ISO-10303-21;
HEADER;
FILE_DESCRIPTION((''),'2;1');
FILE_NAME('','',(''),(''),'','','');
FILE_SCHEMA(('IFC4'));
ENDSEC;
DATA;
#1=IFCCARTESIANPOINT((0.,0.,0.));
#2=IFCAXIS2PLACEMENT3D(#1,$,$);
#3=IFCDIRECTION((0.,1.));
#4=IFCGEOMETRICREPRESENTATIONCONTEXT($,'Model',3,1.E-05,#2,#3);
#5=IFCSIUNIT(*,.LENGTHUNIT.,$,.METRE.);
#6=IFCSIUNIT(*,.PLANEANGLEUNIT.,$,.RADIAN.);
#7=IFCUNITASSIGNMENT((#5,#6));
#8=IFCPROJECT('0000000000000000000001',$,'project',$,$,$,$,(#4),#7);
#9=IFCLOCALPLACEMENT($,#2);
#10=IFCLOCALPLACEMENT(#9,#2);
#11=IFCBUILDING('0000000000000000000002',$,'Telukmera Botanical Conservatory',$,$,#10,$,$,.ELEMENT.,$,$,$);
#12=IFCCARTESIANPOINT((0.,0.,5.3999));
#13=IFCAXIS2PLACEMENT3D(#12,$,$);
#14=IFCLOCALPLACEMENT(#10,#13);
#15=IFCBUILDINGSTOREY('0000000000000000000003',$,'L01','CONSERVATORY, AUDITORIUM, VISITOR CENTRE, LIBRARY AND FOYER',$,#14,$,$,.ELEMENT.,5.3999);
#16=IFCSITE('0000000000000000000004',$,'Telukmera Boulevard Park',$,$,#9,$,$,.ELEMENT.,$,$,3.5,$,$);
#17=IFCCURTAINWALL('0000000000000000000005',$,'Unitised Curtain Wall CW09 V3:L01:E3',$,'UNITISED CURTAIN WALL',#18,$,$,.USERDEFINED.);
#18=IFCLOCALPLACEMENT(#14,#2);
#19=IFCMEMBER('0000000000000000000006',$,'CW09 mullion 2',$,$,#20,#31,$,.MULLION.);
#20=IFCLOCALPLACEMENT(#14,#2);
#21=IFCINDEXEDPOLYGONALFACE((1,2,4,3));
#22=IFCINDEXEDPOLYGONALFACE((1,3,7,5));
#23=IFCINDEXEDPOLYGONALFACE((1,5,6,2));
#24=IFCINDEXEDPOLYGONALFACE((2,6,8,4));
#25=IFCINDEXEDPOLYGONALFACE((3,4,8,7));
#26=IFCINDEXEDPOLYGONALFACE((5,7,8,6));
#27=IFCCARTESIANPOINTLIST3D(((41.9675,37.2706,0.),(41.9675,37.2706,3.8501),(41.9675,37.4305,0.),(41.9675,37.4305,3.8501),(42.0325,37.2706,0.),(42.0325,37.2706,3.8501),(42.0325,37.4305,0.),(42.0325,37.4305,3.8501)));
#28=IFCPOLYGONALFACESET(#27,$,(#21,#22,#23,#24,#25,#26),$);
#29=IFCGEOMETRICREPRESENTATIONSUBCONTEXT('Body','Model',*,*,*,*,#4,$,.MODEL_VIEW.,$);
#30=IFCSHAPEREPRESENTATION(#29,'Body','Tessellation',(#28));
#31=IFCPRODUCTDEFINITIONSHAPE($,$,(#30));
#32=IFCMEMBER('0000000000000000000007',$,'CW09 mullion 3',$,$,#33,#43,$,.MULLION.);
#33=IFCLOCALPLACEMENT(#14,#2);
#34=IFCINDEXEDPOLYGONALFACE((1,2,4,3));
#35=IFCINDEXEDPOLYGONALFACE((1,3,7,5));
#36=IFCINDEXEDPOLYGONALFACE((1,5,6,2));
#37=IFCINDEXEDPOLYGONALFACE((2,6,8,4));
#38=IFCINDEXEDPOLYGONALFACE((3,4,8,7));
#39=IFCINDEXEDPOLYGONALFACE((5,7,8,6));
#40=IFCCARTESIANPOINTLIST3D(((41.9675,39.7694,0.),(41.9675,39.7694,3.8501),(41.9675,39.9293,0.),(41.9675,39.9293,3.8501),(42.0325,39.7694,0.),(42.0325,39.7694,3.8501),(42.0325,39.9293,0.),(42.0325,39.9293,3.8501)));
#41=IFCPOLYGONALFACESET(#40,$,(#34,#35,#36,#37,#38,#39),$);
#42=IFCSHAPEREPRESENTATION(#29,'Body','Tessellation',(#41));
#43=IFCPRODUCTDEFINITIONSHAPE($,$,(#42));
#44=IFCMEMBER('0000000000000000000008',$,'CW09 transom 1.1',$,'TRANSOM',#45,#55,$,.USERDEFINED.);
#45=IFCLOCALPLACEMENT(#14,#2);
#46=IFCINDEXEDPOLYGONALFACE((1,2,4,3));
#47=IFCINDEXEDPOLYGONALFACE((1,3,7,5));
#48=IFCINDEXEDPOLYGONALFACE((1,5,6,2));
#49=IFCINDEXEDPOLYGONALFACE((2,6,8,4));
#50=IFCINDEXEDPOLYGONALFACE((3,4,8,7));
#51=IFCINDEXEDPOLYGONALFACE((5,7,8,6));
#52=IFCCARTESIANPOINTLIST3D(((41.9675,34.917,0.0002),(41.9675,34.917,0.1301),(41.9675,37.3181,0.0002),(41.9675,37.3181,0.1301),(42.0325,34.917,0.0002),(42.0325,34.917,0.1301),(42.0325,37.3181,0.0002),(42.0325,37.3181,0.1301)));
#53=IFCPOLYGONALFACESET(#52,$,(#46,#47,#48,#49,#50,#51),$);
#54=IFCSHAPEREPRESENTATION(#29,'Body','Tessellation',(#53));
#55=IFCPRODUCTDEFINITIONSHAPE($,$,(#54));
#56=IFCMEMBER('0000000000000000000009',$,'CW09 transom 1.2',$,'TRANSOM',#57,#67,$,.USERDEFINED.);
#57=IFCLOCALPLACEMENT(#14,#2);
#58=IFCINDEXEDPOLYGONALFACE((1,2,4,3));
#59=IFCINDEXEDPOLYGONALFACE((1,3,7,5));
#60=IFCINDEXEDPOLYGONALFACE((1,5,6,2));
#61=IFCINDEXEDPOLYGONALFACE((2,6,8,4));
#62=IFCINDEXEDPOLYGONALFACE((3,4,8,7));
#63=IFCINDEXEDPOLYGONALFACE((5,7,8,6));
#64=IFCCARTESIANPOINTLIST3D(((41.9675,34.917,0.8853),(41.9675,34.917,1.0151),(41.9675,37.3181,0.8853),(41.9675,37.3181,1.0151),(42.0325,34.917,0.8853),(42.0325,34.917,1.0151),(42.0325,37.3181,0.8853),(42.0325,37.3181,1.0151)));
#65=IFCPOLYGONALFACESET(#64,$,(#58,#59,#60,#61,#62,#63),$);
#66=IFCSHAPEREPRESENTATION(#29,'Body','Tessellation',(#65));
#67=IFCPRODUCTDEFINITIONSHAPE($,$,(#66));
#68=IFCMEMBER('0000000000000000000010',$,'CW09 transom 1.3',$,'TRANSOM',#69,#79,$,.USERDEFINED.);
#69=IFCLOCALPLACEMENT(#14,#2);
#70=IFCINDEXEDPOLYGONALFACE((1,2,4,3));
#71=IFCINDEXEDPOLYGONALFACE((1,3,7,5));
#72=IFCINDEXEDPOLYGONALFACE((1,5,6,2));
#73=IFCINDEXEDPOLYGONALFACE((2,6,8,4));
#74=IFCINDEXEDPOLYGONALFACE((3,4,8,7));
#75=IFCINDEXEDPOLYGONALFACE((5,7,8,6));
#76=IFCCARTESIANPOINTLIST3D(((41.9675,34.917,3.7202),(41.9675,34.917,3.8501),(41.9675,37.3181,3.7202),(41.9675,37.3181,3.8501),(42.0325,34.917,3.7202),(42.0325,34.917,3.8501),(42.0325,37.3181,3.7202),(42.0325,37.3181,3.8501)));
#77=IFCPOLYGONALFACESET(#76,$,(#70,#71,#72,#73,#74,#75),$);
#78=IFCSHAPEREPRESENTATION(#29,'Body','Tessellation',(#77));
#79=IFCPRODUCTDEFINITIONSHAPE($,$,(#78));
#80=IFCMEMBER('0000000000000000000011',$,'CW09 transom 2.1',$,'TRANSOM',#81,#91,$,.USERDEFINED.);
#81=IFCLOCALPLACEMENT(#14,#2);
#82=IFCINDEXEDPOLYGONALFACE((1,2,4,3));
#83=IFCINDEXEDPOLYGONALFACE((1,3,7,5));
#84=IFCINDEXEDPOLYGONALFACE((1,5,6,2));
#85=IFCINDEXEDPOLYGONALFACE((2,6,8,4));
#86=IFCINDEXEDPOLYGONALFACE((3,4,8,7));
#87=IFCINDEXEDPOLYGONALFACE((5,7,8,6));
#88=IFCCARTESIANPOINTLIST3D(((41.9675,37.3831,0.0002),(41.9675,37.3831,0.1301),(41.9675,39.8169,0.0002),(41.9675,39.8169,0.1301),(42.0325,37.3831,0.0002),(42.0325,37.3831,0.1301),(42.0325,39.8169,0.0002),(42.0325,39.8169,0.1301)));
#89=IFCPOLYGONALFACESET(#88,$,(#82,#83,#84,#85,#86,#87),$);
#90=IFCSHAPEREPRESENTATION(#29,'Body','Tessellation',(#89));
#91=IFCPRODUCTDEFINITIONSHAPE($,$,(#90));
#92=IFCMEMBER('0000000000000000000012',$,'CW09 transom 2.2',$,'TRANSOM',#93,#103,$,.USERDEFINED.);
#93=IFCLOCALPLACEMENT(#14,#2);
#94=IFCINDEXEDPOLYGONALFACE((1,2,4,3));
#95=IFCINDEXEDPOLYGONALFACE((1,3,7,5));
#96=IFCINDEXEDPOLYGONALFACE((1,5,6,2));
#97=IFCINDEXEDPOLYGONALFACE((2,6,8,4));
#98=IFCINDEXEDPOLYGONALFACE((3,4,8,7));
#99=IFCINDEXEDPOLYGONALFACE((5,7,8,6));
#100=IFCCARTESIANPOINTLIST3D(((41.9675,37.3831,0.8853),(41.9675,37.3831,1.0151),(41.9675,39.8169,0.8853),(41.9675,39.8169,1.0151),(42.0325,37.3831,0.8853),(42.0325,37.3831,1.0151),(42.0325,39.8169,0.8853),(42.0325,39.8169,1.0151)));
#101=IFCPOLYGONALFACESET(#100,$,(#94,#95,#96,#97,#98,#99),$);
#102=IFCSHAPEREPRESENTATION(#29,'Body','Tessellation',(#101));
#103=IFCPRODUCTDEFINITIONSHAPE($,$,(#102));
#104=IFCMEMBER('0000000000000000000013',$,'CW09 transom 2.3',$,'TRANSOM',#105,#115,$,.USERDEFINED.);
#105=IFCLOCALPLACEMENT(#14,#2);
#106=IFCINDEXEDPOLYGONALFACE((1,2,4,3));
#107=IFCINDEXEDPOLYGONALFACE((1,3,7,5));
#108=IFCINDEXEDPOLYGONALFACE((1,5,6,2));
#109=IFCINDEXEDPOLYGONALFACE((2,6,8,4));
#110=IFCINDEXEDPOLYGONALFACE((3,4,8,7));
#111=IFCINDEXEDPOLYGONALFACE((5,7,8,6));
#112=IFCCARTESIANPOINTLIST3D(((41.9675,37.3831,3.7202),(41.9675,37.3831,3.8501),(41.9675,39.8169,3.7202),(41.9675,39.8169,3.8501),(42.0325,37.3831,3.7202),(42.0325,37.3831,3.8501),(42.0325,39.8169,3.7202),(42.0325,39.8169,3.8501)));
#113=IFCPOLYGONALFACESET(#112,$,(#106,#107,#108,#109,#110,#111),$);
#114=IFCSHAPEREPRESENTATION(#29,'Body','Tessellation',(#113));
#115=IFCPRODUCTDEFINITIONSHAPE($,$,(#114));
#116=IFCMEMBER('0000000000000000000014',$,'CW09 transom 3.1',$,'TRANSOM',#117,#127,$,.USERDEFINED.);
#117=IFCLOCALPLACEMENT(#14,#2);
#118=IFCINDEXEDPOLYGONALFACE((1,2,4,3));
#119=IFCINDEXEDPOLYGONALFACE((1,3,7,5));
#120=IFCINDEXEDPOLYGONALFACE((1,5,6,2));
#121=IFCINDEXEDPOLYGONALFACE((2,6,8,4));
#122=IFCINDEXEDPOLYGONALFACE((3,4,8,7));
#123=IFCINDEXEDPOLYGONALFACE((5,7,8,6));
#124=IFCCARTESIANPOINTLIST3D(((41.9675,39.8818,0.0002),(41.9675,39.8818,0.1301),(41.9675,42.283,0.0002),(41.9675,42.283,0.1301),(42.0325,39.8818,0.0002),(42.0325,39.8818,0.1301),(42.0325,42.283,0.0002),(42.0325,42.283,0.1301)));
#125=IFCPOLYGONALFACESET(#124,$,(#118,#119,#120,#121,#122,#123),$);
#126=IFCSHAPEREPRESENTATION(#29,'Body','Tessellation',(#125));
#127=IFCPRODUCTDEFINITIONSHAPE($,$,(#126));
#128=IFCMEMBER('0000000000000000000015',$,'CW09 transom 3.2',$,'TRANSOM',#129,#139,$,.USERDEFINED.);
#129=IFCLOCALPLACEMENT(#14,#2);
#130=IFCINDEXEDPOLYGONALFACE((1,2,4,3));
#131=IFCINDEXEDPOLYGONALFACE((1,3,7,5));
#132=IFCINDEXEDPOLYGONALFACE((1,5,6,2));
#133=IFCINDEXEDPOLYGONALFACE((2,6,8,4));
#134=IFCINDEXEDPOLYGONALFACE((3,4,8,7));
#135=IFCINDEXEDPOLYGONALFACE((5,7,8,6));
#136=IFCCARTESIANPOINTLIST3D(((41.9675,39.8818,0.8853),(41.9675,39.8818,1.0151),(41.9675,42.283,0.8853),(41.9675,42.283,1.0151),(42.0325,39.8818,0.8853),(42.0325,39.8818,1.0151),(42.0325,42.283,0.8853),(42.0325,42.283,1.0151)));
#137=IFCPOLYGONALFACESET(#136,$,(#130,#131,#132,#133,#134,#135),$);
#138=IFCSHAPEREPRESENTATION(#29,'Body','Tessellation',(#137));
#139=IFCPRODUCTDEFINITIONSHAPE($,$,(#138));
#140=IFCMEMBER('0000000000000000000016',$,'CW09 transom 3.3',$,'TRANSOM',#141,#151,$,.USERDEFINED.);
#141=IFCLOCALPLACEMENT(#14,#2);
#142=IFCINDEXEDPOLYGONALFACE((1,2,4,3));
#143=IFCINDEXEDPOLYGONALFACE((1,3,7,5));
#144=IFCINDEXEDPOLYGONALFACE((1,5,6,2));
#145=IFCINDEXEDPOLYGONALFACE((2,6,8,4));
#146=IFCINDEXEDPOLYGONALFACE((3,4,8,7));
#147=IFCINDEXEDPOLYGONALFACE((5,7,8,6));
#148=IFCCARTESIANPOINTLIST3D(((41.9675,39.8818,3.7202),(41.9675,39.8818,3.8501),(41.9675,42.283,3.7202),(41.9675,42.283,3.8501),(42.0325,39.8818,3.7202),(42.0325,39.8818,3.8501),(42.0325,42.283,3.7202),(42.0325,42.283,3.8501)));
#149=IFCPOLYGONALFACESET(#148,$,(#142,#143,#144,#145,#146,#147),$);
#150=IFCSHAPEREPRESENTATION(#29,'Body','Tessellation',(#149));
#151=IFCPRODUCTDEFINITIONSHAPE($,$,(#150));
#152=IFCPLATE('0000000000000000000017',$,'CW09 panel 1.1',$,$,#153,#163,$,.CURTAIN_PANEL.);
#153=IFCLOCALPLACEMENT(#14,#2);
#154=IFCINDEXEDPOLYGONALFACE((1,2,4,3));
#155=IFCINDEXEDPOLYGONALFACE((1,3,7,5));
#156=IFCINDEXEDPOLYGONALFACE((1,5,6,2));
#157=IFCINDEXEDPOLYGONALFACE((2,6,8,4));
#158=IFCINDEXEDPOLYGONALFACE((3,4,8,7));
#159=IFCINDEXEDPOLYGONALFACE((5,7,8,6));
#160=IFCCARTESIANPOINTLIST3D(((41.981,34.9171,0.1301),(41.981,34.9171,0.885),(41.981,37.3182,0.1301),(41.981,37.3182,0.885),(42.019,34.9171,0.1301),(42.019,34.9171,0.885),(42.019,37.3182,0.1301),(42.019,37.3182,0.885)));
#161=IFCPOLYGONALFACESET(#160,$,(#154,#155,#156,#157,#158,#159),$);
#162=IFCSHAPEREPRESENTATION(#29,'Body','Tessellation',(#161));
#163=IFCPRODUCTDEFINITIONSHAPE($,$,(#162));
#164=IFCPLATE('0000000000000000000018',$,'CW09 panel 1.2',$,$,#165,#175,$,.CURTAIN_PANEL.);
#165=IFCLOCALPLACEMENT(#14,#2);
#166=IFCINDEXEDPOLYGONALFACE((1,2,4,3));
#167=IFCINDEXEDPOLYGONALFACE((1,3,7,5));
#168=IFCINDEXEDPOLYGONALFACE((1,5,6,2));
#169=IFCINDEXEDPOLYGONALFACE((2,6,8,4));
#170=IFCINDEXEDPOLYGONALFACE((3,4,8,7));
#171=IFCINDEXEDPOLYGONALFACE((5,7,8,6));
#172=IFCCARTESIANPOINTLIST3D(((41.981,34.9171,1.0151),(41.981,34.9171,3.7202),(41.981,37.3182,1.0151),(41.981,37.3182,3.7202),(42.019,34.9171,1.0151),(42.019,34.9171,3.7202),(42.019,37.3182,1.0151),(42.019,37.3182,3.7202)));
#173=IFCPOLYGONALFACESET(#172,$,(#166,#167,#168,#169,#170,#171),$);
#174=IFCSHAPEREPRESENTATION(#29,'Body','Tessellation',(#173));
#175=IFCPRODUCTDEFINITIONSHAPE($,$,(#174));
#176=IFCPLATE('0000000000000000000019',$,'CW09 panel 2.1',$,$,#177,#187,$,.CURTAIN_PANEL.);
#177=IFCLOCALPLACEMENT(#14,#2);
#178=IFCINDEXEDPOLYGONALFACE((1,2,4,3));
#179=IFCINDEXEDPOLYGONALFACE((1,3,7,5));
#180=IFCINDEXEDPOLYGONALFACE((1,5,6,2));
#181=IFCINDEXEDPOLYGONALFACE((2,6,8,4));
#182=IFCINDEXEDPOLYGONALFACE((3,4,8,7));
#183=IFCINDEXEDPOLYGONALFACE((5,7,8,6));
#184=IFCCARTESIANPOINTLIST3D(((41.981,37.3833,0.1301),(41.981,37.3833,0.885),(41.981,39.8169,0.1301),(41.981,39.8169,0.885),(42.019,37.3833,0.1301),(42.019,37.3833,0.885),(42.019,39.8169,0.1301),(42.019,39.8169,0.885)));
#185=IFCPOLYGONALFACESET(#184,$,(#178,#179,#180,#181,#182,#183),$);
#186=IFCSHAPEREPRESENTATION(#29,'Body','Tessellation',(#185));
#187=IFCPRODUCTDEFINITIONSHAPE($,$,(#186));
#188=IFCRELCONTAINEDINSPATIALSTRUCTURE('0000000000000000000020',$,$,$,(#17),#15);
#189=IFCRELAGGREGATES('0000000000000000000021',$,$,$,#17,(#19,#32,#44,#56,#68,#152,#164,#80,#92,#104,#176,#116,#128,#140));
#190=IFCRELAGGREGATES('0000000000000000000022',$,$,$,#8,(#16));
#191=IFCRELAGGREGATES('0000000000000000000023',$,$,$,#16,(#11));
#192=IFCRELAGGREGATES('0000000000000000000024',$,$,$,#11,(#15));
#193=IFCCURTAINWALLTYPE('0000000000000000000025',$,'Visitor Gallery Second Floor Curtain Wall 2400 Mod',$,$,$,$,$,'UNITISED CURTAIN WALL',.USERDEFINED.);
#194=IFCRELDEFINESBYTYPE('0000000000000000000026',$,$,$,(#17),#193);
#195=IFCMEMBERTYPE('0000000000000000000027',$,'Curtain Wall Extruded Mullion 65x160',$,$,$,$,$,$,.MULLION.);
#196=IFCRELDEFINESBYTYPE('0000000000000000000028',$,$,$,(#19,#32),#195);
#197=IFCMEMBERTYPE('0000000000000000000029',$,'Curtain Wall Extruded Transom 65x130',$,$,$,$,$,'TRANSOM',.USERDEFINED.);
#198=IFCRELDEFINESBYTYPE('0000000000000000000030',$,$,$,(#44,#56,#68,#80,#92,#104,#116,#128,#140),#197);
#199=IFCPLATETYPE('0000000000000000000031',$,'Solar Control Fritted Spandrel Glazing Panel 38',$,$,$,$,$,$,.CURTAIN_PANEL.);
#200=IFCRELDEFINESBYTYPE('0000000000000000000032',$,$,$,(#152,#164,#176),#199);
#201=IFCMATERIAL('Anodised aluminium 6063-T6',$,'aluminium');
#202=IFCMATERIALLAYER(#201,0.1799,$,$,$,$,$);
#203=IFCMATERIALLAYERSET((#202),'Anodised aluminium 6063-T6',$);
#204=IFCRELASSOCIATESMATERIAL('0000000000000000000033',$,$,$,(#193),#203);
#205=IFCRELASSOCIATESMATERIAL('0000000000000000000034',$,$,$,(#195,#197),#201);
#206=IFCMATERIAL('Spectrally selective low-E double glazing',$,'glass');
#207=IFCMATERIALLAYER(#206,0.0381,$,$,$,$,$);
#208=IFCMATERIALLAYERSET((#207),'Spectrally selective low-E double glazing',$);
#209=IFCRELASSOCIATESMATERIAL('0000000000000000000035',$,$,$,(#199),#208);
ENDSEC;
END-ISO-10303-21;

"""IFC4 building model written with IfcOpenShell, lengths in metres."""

from ifc_helpers import new_model, si_unit, direction, frame, origin, origin_2d, place, context, subcontext, project, spatial, rectangle, extrude, material, layer, layer_set, material_profile, profile_set, type_object, element, aggregate, save


model = new_model("IFC4")

# Units and contexts
model_context = context("Model", 3, precision=1e-05, world=origin(), true_north=direction((0.0, 1.0)))
body_context = subcontext(model_context, "Body", "Model", "MODEL_VIEW")
ifc_project = project(units=[si_unit("LENGTHUNIT", "METRE"), si_unit("PLANEANGLEUNIT", "RADIAN")], contexts=[model_context])

# Site, building, storey
site_placement = place(None, origin())
site = spatial("IfcSite", under=ifc_project, at=site_placement, Name="Telukmera Boulevard Park", CompositionType="ELEMENT", RefElevation=3.5)
building_placement = place(site_placement, origin())
building = spatial("IfcBuilding", under=site, at=building_placement, Name="Telukmera Botanical Conservatory", CompositionType="ELEMENT")
storey_placement = place(building_placement, frame((0.0, 0.0, 5.3999)))
storey = spatial("IfcBuildingStorey", under=building, at=storey_placement, Name="L01", Description="CONSERVATORY, AUDITORIUM, VISITOR CENTRE, LIBRARY AND FOYER", CompositionType="ELEMENT", Elevation=5.3999)

# Curtain wall, members, plates
ifc_material_1 = material(Name="Anodised aluminium 6063-T6", Category="aluminium")
ifc_layer_1 = layer(ifc_material_1, 0.1799)
ifc_layer_set_1 = layer_set([ifc_layer_1], Name="Anodised aluminium 6063-T6")
curtain_wall_type = type_object("IfcCurtainWallType", Name="Visitor Gallery Second Floor Curtain Wall 2400 Mod", ElementType="UNITISED CURTAIN WALL", PredefinedType="USERDEFINED", material=ifc_layer_set_1)
curtain_wall_placement = place(storey_placement, origin())
curtain_wall = element("IfcCurtainWall", 1, at=curtain_wall_placement, inside=storey, type_object=curtain_wall_type, Name="Unitised Curtain Wall CW09 V3:L01:E3", ObjectType="UNITISED CURTAIN WALL", PredefinedType="USERDEFINED")
ifc_material_profile_1 = material_profile(ifc_material_1, rectangle(XDim=0.0649, YDim=0.1599, at=origin_2d()), Name="ALU MULL 65x160")
ifc_profile_set_1 = profile_set([ifc_material_profile_1], Name="Anodised aluminium 6063-T6")
member_type_1 = type_object("IfcMemberType", Name="Curtain Wall Extruded Mullion 65x160", PredefinedType="MULLION", material=ifc_profile_set_1)
member_1_placement = place(storey_placement, frame((42.0, 37.3506, 0.0), z_axis=(0.0, 0.0, 1.0), x_axis=(-1.0, 0.0, 0.0)))
member_1 = element("IfcMember", 2, at=member_1_placement, type_object=member_type_1, Name="CW09 mullion 2", PredefinedType="MULLION", context=body_context, shape_type="SweptSolid", body=[
    extrude(rectangle(XDim=0.0649, YDim=0.1599, at=origin_2d()), origin(), (0.0, 0.0, 1.0), 3.8501),
])
member_2_placement = place(storey_placement, frame((42.0, 39.8494, 0.0), z_axis=(0.0, 0.0, 1.0), x_axis=(-1.0, 0.0, 0.0)))
member_2 = element("IfcMember", 3, at=member_2_placement, type_object=member_type_1, Name="CW09 mullion 3", PredefinedType="MULLION", context=body_context, shape_type="SweptSolid", body=[
    extrude(rectangle(XDim=0.0649, YDim=0.1599, at=origin_2d()), origin(), (0.0, 0.0, 1.0), 3.8501),
])
ifc_material_profile_2 = material_profile(ifc_material_1, rectangle(XDim=0.0649, YDim=0.1299, at=origin_2d()), Name="ALU TRAN 65x130")
ifc_profile_set_2 = profile_set([ifc_material_profile_2], Name="Anodised aluminium 6063-T6")
member_type_2 = type_object("IfcMemberType", Name="Curtain Wall Extruded Transom 65x130", ElementType="TRANSOM", PredefinedType="USERDEFINED", material=ifc_profile_set_2)
member_3_placement = place(storey_placement, frame((42.0, 34.917, 0.0652), z_axis=(0.0, 1.0, 0.0), x_axis=(-1.0, 0.0, 0.0)))
member_3 = element("IfcMember", 4, at=member_3_placement, type_object=member_type_2, Name="CW09 transom 1.1", ObjectType="TRANSOM", PredefinedType="USERDEFINED", context=body_context, shape_type="SweptSolid", body=[
    extrude(rectangle(XDim=0.0649, YDim=0.1299, at=origin_2d()), origin(), (0.0, 0.0, 1.0), 2.4011),
])
member_4_placement = place(storey_placement, frame((42.0, 34.917, 0.9502), z_axis=(0.0, 1.0, 0.0), x_axis=(-1.0, 0.0, 0.0)))
member_4 = element("IfcMember", 5, at=member_4_placement, type_object=member_type_2, Name="CW09 transom 1.2", ObjectType="TRANSOM", PredefinedType="USERDEFINED", context=body_context, shape_type="SweptSolid", body=[
    extrude(rectangle(XDim=0.0649, YDim=0.1299, at=origin_2d()), origin(), (0.0, 0.0, 1.0), 2.4011),
])
member_5_placement = place(storey_placement, frame((42.0, 34.917, 3.7852), z_axis=(0.0, 1.0, 0.0), x_axis=(-1.0, 0.0, 0.0)))
member_5 = element("IfcMember", 6, at=member_5_placement, type_object=member_type_2, Name="CW09 transom 1.3", ObjectType="TRANSOM", PredefinedType="USERDEFINED", context=body_context, shape_type="SweptSolid", body=[
    extrude(rectangle(XDim=0.0649, YDim=0.1299, at=origin_2d()), origin(), (0.0, 0.0, 1.0), 2.4011),
])
member_6_placement = place(storey_placement, frame((42.0, 37.3831, 0.0652), z_axis=(0.0, 1.0, 0.0), x_axis=(-1.0, 0.0, 0.0)))
member_6 = element("IfcMember", 7, at=member_6_placement, type_object=member_type_2, Name="CW09 transom 2.1", ObjectType="TRANSOM", PredefinedType="USERDEFINED", context=body_context, shape_type="SweptSolid", body=[
    extrude(rectangle(XDim=0.0649, YDim=0.1299, at=origin_2d()), origin(), (0.0, 0.0, 1.0), 2.4338),
])
member_7_placement = place(storey_placement, frame((42.0, 37.3831, 0.9502), z_axis=(0.0, 1.0, 0.0), x_axis=(-1.0, 0.0, 0.0)))
member_7 = element("IfcMember", 8, at=member_7_placement, type_object=member_type_2, Name="CW09 transom 2.2", ObjectType="TRANSOM", PredefinedType="USERDEFINED", context=body_context, shape_type="SweptSolid", body=[
    extrude(rectangle(XDim=0.0649, YDim=0.1299, at=origin_2d()), origin(), (0.0, 0.0, 1.0), 2.4338),
])
member_8_placement = place(storey_placement, frame((42.0, 37.3831, 3.7852), z_axis=(0.0, 1.0, 0.0), x_axis=(-1.0, 0.0, 0.0)))
member_8 = element("IfcMember", 9, at=member_8_placement, type_object=member_type_2, Name="CW09 transom 2.3", ObjectType="TRANSOM", PredefinedType="USERDEFINED", context=body_context, shape_type="SweptSolid", body=[
    extrude(rectangle(XDim=0.0649, YDim=0.1299, at=origin_2d()), origin(), (0.0, 0.0, 1.0), 2.4338),
])
member_9_placement = place(storey_placement, frame((42.0, 39.8818, 0.0652), z_axis=(0.0, 1.0, 0.0), x_axis=(-1.0, 0.0, 0.0)))
member_9 = element("IfcMember", 10, at=member_9_placement, type_object=member_type_2, Name="CW09 transom 3.1", ObjectType="TRANSOM", PredefinedType="USERDEFINED", context=body_context, shape_type="SweptSolid", body=[
    extrude(rectangle(XDim=0.0649, YDim=0.1299, at=origin_2d()), origin(), (0.0, 0.0, 1.0), 2.4011),
])
member_10_placement = place(storey_placement, frame((42.0, 39.8818, 0.9502), z_axis=(0.0, 1.0, 0.0), x_axis=(-1.0, 0.0, 0.0)))
member_10 = element("IfcMember", 11, at=member_10_placement, type_object=member_type_2, Name="CW09 transom 3.2", ObjectType="TRANSOM", PredefinedType="USERDEFINED", context=body_context, shape_type="SweptSolid", body=[
    extrude(rectangle(XDim=0.0649, YDim=0.1299, at=origin_2d()), origin(), (0.0, 0.0, 1.0), 2.4011),
])
member_11_placement = place(storey_placement, frame((42.0, 39.8818, 3.7852), z_axis=(0.0, 1.0, 0.0), x_axis=(-1.0, 0.0, 0.0)))
member_11 = element("IfcMember", 12, at=member_11_placement, type_object=member_type_2, Name="CW09 transom 3.3", ObjectType="TRANSOM", PredefinedType="USERDEFINED", context=body_context, shape_type="SweptSolid", body=[
    extrude(rectangle(XDim=0.0649, YDim=0.1299, at=origin_2d()), origin(), (0.0, 0.0, 1.0), 2.4011),
])
ifc_material_2 = material(Name="Spectrally selective low-E double glazing", Category="glass")
ifc_layer_2 = layer(ifc_material_2, 0.0381)
ifc_layer_set_2 = layer_set([ifc_layer_2], Name="Spectrally selective low-E double glazing")
plate_type = type_object("IfcPlateType", Name="Solar Control Fritted Spandrel Glazing Panel 38", PredefinedType="CURTAIN_PANEL", material=ifc_layer_set_2)
plate_1_placement = place(storey_placement, frame((42.0, 36.1177, 0.1301), z_axis=(0.0, 0.0, 1.0), x_axis=(0.0, 1.0, 0.0)))
plate_1 = element("IfcPlate", 13, at=plate_1_placement, type_object=plate_type, Name="CW09 panel 1.1", PredefinedType="CURTAIN_PANEL", context=body_context, shape_type="SweptSolid", body=[
    extrude(rectangle(XDim=2.4011, YDim=0.0381, at=origin_2d()), origin(), (0.0, 0.0, 1.0), 0.7549),
])
plate_2_placement = place(storey_placement, frame((42.0, 36.1177, 1.0151), z_axis=(0.0, 0.0, 1.0), x_axis=(0.0, 1.0, 0.0)))
plate_2 = element("IfcPlate", 14, at=plate_2_placement, type_object=plate_type, Name="CW09 panel 1.2", PredefinedType="CURTAIN_PANEL", context=body_context, shape_type="SweptSolid", body=[
    extrude(rectangle(XDim=2.4011, YDim=0.0381, at=origin_2d()), origin(), (0.0, 0.0, 1.0), 2.7051),
])
plate_3_placement = place(storey_placement, frame((42.0, 38.6001, 0.1301), z_axis=(0.0, 0.0, 1.0), x_axis=(0.0, 1.0, 0.0)))
plate_3 = element("IfcPlate", 15, at=plate_3_placement, type_object=plate_type, Name="CW09 panel 2.1", PredefinedType="CURTAIN_PANEL", context=body_context, shape_type="SweptSolid", body=[
    extrude(rectangle(XDim=2.4336, YDim=0.0381, at=origin_2d()), origin(), (0.0, 0.0, 1.0), 0.7549),
])
aggregate(curtain_wall, [member_1, member_2, member_3, member_4, member_5, plate_1, plate_2, member_6, member_7, member_8, plate_3, member_9, member_10, member_11])

save(model, "model.ifc")
